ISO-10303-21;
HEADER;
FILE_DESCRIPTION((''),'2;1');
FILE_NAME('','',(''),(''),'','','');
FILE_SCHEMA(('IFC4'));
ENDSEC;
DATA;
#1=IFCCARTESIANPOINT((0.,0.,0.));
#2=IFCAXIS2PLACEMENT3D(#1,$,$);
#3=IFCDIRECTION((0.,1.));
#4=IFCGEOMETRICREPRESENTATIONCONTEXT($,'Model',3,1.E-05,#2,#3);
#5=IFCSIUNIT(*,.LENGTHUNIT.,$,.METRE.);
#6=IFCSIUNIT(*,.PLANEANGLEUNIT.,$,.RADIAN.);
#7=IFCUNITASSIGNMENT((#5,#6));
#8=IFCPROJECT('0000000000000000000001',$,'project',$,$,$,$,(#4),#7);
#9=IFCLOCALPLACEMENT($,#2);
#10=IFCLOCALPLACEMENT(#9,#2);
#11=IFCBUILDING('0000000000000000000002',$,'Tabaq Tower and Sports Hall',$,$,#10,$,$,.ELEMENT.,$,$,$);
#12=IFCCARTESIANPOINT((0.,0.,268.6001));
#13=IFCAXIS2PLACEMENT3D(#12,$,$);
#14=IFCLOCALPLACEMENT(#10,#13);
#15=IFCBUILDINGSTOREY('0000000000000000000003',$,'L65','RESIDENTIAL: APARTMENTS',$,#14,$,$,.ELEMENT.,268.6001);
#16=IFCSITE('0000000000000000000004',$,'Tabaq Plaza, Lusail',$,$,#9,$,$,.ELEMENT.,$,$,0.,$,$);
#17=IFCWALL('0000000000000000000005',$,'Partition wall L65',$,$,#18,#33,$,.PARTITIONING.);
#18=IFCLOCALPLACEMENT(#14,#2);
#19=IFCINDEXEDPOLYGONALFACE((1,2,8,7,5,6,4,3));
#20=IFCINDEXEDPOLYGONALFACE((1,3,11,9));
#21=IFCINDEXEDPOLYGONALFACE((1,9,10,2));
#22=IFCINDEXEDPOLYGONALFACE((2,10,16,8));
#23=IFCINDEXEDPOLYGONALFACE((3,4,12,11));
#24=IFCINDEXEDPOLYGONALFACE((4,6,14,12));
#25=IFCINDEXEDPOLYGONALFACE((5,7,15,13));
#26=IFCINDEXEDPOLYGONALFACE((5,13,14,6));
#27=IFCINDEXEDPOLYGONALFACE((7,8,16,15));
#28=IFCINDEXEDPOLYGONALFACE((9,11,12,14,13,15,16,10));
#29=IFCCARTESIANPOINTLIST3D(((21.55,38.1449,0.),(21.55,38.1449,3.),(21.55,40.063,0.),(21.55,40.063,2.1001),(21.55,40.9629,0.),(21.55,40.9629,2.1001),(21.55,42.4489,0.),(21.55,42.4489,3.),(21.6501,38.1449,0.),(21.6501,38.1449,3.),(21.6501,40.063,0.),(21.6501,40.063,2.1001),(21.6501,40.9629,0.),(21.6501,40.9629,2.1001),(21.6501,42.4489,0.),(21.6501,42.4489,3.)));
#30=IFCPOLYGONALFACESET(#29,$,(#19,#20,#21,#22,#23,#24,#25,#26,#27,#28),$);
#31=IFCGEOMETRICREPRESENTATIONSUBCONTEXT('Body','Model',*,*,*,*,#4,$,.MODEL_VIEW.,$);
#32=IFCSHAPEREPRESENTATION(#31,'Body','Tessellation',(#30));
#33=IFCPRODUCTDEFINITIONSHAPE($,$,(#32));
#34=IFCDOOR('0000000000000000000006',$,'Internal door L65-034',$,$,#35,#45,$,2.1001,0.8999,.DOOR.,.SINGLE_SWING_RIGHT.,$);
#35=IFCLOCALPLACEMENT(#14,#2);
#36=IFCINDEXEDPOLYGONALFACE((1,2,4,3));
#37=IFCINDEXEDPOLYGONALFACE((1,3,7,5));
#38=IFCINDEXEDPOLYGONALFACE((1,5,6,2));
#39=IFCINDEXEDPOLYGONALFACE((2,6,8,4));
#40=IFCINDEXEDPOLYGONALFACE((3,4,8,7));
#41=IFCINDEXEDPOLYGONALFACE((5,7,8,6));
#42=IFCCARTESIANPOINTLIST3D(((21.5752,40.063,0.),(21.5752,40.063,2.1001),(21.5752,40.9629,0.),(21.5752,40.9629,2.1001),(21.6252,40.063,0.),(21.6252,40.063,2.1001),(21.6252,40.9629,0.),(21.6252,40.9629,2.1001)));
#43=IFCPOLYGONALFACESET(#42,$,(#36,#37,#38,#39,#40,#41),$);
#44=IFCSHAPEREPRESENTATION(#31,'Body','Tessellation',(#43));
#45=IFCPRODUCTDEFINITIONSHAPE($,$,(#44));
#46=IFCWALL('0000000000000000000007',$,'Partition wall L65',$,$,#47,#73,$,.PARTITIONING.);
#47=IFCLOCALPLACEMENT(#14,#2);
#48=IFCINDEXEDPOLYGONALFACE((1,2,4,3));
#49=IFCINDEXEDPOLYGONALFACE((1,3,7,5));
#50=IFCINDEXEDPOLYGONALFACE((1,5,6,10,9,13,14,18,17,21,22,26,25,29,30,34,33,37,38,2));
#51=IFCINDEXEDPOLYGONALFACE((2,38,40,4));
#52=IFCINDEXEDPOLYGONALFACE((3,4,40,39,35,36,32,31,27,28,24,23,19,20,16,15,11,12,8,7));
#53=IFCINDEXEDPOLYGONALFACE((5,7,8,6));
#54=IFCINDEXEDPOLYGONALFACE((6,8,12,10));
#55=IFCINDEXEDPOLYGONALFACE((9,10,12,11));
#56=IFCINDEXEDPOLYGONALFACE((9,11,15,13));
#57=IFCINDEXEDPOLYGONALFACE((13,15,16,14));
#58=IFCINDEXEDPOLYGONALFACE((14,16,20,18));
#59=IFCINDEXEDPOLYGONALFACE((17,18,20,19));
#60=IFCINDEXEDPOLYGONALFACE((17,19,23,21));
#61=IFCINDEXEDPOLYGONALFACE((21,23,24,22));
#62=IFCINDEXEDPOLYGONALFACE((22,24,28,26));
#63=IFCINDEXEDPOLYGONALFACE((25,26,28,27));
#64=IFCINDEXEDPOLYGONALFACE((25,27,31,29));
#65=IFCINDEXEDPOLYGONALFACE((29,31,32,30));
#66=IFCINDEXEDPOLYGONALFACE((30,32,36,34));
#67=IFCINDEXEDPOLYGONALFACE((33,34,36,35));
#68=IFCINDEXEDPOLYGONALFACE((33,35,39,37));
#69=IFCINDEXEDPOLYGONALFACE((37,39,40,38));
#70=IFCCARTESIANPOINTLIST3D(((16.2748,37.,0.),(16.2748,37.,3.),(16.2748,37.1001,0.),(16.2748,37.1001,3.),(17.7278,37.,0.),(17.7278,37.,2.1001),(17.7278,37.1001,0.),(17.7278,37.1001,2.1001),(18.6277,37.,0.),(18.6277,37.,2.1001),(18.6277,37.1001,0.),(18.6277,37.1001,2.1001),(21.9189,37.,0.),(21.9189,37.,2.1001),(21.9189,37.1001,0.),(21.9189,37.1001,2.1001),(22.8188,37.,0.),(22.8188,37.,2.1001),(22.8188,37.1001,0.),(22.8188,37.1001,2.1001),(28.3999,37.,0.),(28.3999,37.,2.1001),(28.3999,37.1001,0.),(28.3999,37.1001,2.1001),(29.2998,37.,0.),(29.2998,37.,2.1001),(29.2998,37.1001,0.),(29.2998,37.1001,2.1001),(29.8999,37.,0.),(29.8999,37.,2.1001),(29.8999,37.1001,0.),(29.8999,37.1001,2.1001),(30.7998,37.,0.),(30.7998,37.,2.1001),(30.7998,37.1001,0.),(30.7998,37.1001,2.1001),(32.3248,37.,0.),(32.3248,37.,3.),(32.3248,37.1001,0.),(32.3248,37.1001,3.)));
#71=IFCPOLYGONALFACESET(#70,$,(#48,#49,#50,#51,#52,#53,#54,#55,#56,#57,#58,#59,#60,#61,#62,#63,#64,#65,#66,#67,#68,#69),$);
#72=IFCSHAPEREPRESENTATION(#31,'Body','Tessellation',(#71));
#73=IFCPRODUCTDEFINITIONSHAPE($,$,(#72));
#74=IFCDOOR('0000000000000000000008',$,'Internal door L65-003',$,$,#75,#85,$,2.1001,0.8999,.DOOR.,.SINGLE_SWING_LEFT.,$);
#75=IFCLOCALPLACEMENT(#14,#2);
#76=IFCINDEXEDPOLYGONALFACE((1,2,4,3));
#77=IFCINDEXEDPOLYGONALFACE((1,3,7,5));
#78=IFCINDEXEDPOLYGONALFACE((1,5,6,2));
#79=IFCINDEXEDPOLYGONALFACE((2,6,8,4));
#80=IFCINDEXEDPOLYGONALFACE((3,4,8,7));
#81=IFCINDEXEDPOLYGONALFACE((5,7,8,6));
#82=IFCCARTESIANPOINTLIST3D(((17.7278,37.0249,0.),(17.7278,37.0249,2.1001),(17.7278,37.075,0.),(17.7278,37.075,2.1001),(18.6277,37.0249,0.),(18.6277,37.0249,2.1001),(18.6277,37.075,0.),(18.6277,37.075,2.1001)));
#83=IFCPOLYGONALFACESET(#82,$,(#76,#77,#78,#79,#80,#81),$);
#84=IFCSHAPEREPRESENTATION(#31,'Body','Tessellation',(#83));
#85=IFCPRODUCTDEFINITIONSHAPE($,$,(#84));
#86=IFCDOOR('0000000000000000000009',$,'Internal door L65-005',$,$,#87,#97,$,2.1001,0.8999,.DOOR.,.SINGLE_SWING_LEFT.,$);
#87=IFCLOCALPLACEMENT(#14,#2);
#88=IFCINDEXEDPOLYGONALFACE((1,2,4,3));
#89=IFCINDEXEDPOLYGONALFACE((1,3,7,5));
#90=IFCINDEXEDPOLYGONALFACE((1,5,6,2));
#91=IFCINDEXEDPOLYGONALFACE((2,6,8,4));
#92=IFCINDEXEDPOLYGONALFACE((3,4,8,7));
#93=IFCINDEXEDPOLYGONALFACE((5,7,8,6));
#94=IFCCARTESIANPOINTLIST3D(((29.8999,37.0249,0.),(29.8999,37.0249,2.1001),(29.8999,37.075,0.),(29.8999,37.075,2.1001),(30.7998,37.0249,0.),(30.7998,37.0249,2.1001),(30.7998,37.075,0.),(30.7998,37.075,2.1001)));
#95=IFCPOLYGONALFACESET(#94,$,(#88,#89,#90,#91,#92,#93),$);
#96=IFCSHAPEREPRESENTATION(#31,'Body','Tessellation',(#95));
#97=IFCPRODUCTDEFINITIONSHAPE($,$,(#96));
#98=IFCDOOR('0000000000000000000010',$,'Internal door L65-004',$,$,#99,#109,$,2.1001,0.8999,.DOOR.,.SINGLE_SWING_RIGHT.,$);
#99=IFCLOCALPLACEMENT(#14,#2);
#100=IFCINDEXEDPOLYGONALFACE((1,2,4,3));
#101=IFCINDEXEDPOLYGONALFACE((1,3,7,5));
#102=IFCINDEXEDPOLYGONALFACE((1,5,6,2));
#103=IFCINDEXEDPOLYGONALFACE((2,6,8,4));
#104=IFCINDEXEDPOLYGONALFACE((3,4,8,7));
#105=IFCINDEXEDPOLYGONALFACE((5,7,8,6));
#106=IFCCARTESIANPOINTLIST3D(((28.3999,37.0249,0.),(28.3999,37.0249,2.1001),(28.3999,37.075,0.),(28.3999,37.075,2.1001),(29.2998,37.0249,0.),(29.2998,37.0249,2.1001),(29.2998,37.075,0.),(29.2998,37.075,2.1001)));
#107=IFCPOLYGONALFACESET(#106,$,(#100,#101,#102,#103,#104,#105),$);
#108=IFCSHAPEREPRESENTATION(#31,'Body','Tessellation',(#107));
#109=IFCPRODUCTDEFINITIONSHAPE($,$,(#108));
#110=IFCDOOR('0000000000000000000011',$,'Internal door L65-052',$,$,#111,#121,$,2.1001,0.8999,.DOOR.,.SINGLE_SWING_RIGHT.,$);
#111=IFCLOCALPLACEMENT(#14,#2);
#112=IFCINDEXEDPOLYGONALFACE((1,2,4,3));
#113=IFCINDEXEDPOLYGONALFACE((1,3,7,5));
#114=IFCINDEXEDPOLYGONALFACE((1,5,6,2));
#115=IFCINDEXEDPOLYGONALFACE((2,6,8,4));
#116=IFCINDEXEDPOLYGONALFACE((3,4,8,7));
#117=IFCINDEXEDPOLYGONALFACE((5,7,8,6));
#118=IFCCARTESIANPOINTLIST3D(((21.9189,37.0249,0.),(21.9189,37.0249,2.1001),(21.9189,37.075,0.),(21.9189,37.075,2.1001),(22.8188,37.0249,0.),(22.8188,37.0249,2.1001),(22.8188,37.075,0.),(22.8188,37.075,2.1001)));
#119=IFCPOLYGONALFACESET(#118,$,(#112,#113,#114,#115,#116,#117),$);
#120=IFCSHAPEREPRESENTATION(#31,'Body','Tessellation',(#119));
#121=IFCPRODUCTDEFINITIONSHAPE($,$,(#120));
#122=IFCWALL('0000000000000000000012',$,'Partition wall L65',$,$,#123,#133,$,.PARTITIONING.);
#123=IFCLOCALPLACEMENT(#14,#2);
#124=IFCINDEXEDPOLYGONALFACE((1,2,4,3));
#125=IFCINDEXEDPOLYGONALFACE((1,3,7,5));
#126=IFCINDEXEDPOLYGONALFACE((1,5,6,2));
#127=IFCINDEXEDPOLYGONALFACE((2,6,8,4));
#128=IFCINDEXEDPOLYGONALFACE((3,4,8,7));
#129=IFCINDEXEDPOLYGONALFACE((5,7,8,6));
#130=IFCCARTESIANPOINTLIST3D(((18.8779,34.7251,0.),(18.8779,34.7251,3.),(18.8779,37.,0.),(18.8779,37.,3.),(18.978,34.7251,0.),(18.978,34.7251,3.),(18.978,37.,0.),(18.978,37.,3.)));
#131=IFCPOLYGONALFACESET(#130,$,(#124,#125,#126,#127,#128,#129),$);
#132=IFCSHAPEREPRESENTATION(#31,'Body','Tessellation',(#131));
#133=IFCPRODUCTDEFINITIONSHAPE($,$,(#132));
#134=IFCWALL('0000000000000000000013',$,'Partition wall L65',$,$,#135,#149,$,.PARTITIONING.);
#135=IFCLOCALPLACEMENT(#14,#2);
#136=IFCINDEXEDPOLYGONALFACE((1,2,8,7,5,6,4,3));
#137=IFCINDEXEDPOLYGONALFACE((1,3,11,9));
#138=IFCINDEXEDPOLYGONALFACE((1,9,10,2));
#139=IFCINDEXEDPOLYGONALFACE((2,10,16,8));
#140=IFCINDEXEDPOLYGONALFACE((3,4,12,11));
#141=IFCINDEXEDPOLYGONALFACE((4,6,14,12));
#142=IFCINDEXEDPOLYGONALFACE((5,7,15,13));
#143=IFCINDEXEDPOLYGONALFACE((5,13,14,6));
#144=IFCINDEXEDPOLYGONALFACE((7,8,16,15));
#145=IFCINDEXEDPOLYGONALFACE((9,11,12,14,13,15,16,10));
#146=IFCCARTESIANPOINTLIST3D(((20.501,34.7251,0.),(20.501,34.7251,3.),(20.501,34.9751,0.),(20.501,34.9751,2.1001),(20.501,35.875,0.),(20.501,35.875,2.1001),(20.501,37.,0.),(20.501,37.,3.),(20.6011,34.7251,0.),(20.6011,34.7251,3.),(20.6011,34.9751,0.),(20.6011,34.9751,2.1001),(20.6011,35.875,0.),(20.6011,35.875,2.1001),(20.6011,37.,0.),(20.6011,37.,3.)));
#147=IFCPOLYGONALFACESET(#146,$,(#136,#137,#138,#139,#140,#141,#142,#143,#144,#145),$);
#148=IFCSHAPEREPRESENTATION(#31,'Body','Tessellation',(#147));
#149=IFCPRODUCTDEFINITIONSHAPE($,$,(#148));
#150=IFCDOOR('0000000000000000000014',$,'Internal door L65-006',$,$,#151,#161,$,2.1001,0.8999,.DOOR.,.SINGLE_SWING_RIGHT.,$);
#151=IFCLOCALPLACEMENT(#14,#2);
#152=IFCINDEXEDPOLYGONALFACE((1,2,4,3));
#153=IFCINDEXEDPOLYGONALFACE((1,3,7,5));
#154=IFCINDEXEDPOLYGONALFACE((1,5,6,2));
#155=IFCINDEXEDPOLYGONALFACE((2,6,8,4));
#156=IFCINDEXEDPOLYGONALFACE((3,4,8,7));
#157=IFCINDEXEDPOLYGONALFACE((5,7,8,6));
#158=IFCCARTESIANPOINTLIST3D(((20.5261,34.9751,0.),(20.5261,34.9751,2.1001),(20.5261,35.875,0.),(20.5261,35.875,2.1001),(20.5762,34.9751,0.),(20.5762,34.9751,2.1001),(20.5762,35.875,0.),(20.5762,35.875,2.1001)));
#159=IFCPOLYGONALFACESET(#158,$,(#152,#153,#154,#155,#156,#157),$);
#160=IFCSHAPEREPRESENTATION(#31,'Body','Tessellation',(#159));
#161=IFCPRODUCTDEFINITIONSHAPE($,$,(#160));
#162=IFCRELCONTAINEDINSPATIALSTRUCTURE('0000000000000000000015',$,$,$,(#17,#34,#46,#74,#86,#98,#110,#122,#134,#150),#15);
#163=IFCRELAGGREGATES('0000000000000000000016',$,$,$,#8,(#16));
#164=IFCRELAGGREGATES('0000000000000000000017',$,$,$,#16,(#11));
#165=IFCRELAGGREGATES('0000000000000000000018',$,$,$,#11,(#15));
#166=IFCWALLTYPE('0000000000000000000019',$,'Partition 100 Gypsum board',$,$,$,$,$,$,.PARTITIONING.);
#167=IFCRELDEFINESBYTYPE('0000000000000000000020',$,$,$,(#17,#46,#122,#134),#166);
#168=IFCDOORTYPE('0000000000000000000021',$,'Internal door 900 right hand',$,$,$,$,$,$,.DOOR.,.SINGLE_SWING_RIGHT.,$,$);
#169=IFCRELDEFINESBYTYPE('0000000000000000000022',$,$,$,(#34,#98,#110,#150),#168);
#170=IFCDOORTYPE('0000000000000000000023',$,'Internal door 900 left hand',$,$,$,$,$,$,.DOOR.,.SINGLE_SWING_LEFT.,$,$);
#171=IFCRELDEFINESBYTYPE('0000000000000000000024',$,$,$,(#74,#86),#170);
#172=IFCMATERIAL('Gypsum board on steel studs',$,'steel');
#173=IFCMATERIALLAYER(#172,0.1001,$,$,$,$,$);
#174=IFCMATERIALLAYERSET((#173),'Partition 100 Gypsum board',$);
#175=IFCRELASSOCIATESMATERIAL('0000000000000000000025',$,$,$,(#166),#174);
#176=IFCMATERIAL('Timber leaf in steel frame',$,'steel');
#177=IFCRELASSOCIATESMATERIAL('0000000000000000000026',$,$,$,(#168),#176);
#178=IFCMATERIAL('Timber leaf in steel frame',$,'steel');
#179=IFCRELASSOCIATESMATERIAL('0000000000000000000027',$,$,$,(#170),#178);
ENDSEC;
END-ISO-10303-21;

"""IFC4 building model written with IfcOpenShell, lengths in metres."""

from ifc_helpers import new_model, si_unit, direction, frame, frame_2d, origin, place, context, subcontext, project, spatial, rectangle, extrude, material, layer, layer_set, type_object, element, fill, save


model = new_model("IFC4")

# Units and contexts
model_context = context("Model", 3, precision=1e-05, world=origin(), true_north=direction((0.0, 1.0)))
body_context = subcontext(model_context, "Body", "Model", "MODEL_VIEW")
ifc_project = project(units=[si_unit("LENGTHUNIT", "METRE"), si_unit("PLANEANGLEUNIT", "RADIAN")], contexts=[model_context])

# Site, building, storey
site_placement = place(None, origin())
site = spatial("IfcSite", under=ifc_project, at=site_placement, Name="Tabaq Plaza, Lusail", CompositionType="ELEMENT", RefElevation=0.0)
building_placement = place(site_placement, origin())
building = spatial("IfcBuilding", under=site, at=building_placement, Name="Tabaq Tower and Sports Hall", CompositionType="ELEMENT")
storey_placement = place(building_placement, frame((0.0, 0.0, 268.6001)))
storey = spatial("IfcBuildingStorey", under=building, at=storey_placement, Name="L65", Description="RESIDENTIAL: APARTMENTS", CompositionType="ELEMENT", Elevation=268.6001)

# Shared definitions
ifc_material_1 = material(Name="Gypsum board on steel studs", Category="steel")
ifc_layer_1 = layer(ifc_material_1, 0.1001)
ifc_layer_set_1 = layer_set([ifc_layer_1], Name="Partition 100 Gypsum board")
wall_type_1 = type_object("IfcWallType", Name="Partition 100 Gypsum board", PredefinedType="PARTITIONING", material=ifc_layer_set_1)

# Wall, opening, door
wall_1_placement = place(storey_placement, frame((21.6001, 38.145, 0.0), z_axis=(0.0, 0.0, 1.0), x_axis=(0.0, 1.0, 0.0)))
wall_1 = element("IfcWall", 1, at=wall_1_placement, inside=storey, type_object=wall_type_1, Name="Partition wall L65", PredefinedType="PARTITIONING", context=body_context, shape_type="SweptSolid", body=[
    extrude(rectangle(XDim=4.304, YDim=0.1001, at=frame_2d((2.1519, 0.0))), origin(), (0.0, 0.0, 1.0), 3.0),
])
opening_1_placement = place(wall_1_placement, frame((1.918, 0.0, 0.0)))
opening_1 = element("IfcOpeningElement", 2, at=opening_1_placement, cuts=wall_1, PredefinedType="OPENING", context=body_context, shape_type="SweptSolid", body=[
    extrude(rectangle(XDim=0.8999, YDim=2.1001, at=frame_2d((0.45, 1.05))), frame((0.0, 0.05, 0.0), z_axis=(0.0, -1.0, 0.0), x_axis=(1.0, 0.0, 0.0)), (0.0, 0.0, 1.0), 0.1001),
])
ifc_material_2 = material(Name="Timber leaf in steel frame", Category="steel")
door_type_1 = type_object("IfcDoorType", Name="Internal door 900 right hand", OperationType="SINGLE_SWING_RIGHT", PredefinedType="DOOR", material=ifc_material_2)
door_1_placement = place(opening_1_placement, origin())
door_1 = element("IfcDoor", 3, at=door_1_placement, inside=storey, type_object=door_type_1, Name="Internal door L65-034", OperationType="SINGLE_SWING_RIGHT", OverallHeight=2.1001, OverallWidth=0.8999, PredefinedType="DOOR", context=body_context, shape_type="SweptSolid", body=[
    extrude(rectangle(XDim=0.8999, YDim=2.1001, at=frame_2d((0.45, 1.05))), frame((0.0, 0.0249, 0.0), z_axis=(0.0, -1.0, 0.0), x_axis=(1.0, 0.0, 0.0)), (0.0, 0.0, 1.0), 0.05),
])
fill(opening_1, door_1)

# Wall, openings, doors
wall_2_placement = place(storey_placement, frame((16.2749, 37.05, 0.0), z_axis=(0.0, 0.0, 1.0), x_axis=(1.0, 0.0, 0.0)))
wall_2 = element("IfcWall", 4, at=wall_2_placement, inside=storey, type_object=wall_type_1, Name="Partition wall L65", PredefinedType="PARTITIONING", context=body_context, shape_type="SweptSolid", body=[
    extrude(rectangle(XDim=16.05, YDim=0.1001, at=frame_2d((8.0249, 0.0))), origin(), (0.0, 0.0, 1.0), 3.0),
])
opening_2_placement = place(wall_2_placement, frame((1.4529, 0.0, 0.0)))
opening_2 = element("IfcOpeningElement", 5, at=opening_2_placement, cuts=wall_2, PredefinedType="OPENING", context=body_context, shape_type="SweptSolid", body=[
    extrude(rectangle(XDim=0.8999, YDim=2.1001, at=frame_2d((0.45, 1.05))), frame((0.0, 0.05, 0.0), z_axis=(0.0, -1.0, 0.0), x_axis=(1.0, 0.0, 0.0)), (0.0, 0.0, 1.0), 0.1001),
])
opening_3_placement = place(wall_2_placement, frame((12.125, 0.0, 0.0)))
opening_3 = element("IfcOpeningElement", 6, at=opening_3_placement, cuts=wall_2, PredefinedType="OPENING", context=body_context, shape_type="SweptSolid", body=[
    extrude(rectangle(XDim=0.8999, YDim=2.1001, at=frame_2d((0.45, 1.05))), frame((0.0, 0.05, 0.0), z_axis=(0.0, -1.0, 0.0), x_axis=(1.0, 0.0, 0.0)), (0.0, 0.0, 1.0), 0.1001),
])
opening_4_placement = place(wall_2_placement, frame((13.625, 0.0, 0.0)))
opening_4 = element("IfcOpeningElement", 7, at=opening_4_placement, cuts=wall_2, PredefinedType="OPENING", context=body_context, shape_type="SweptSolid", body=[
    extrude(rectangle(XDim=0.8999, YDim=2.1001, at=frame_2d((0.45, 1.05))), frame((0.0, 0.05, 0.0), z_axis=(0.0, -1.0, 0.0), x_axis=(1.0, 0.0, 0.0)), (0.0, 0.0, 1.0), 0.1001),
])
opening_5_placement = place(wall_2_placement, frame((5.644, 0.0, 0.0)))
opening_5 = element("IfcOpeningElement", 8, at=opening_5_placement, cuts=wall_2, PredefinedType="OPENING", context=body_context, shape_type="SweptSolid", body=[
    extrude(rectangle(XDim=0.8999, YDim=2.1001, at=frame_2d((0.45, 1.05))), frame((0.0, 0.05, 0.0), z_axis=(0.0, -1.0, 0.0), x_axis=(1.0, 0.0, 0.0)), (0.0, 0.0, 1.0), 0.1001),
])
ifc_material_3 = material(Name="Timber leaf in steel frame", Category="steel")
door_type_2 = type_object("IfcDoorType", Name="Internal door 900 left hand", OperationType="SINGLE_SWING_LEFT", PredefinedType="DOOR", material=ifc_material_3)
door_2_placement = place(opening_2_placement, origin())
door_2 = element("IfcDoor", 9, at=door_2_placement, inside=storey, type_object=door_type_2, Name="Internal door L65-003", OperationType="SINGLE_SWING_LEFT", OverallHeight=2.1001, OverallWidth=0.8999, PredefinedType="DOOR", context=body_context, shape_type="SweptSolid", body=[
    extrude(rectangle(XDim=0.8999, YDim=2.1001, at=frame_2d((0.45, 1.05))), frame((0.0, 0.0249, 0.0), z_axis=(0.0, -1.0, 0.0), x_axis=(1.0, 0.0, 0.0)), (0.0, 0.0, 1.0), 0.05),
])
fill(opening_2, door_2)
door_3_placement = place(opening_4_placement, origin())
door_3 = element("IfcDoor", 10, at=door_3_placement, inside=storey, type_object=door_type_2, Name="Internal door L65-005", OperationType="SINGLE_SWING_LEFT", OverallHeight=2.1001, OverallWidth=0.8999, PredefinedType="DOOR", context=body_context, shape_type="SweptSolid", body=[
    extrude(rectangle(XDim=0.8999, YDim=2.1001, at=frame_2d((0.45, 1.05))), frame((0.0, 0.0249, 0.0), z_axis=(0.0, -1.0, 0.0), x_axis=(1.0, 0.0, 0.0)), (0.0, 0.0, 1.0), 0.05),
])
fill(opening_4, door_3)
door_4_placement = place(opening_3_placement, origin())
door_4 = element("IfcDoor", 11, at=door_4_placement, inside=storey, type_object=door_type_1, Name="Internal door L65-004", OperationType="SINGLE_SWING_RIGHT", OverallHeight=2.1001, OverallWidth=0.8999, PredefinedType="DOOR", context=body_context, shape_type="SweptSolid", body=[
    extrude(rectangle(XDim=0.8999, YDim=2.1001, at=frame_2d((0.45, 1.05))), frame((0.0, 0.0249, 0.0), z_axis=(0.0, -1.0, 0.0), x_axis=(1.0, 0.0, 0.0)), (0.0, 0.0, 1.0), 0.05),
])
fill(opening_3, door_4)
door_5_placement = place(opening_5_placement, origin())
door_5 = element("IfcDoor", 12, at=door_5_placement, inside=storey, type_object=door_type_1, Name="Internal door L65-052", OperationType="SINGLE_SWING_RIGHT", OverallHeight=2.1001, OverallWidth=0.8999, PredefinedType="DOOR", context=body_context, shape_type="SweptSolid", body=[
    extrude(rectangle(XDim=0.8999, YDim=2.1001, at=frame_2d((0.45, 1.05))), frame((0.0, 0.0249, 0.0), z_axis=(0.0, -1.0, 0.0), x_axis=(1.0, 0.0, 0.0)), (0.0, 0.0, 1.0), 0.05),
])
fill(opening_5, door_5)

# Wall
wall_3_placement = place(storey_placement, frame((18.928, 34.7251, 0.0), z_axis=(0.0, 0.0, 1.0), x_axis=(0.0, 1.0, 0.0)))
element("IfcWall", 13, at=wall_3_placement, inside=storey, type_object=wall_type_1, Name="Partition wall L65", PredefinedType="PARTITIONING", context=body_context, shape_type="SweptSolid", body=[
    extrude(rectangle(XDim=2.2749, YDim=0.1001, at=frame_2d((1.1375, 0.0))), origin(), (0.0, 0.0, 1.0), 3.0),
])

# Wall, opening, door
wall_4_placement = place(storey_placement, frame((20.551, 34.7251, 0.0), z_axis=(0.0, 0.0, 1.0), x_axis=(0.0, 1.0, 0.0)))
wall_4 = element("IfcWall", 14, at=wall_4_placement, inside=storey, type_object=wall_type_1, Name="Partition wall L65", PredefinedType="PARTITIONING", context=body_context, shape_type="SweptSolid", body=[
    extrude(rectangle(XDim=2.2749, YDim=0.1001, at=frame_2d((1.1375, 0.0))), origin(), (0.0, 0.0, 1.0), 3.0),
])
opening_6_placement = place(wall_4_placement, frame((0.25, 0.0, 0.0)))
opening_6 = element("IfcOpeningElement", 15, at=opening_6_placement, cuts=wall_4, PredefinedType="OPENING", context=body_context, shape_type="SweptSolid", body=[
    extrude(rectangle(XDim=0.8999, YDim=2.1001, at=frame_2d((0.45, 1.05))), frame((0.0, 0.05, 0.0), z_axis=(0.0, -1.0, 0.0), x_axis=(1.0, 0.0, 0.0)), (0.0, 0.0, 1.0), 0.1001),
])
door_6_placement = place(opening_6_placement, origin())
door_6 = element("IfcDoor", 16, at=door_6_placement, inside=storey, type_object=door_type_1, Name="Internal door L65-006", OperationType="SINGLE_SWING_RIGHT", OverallHeight=2.1001, OverallWidth=0.8999, PredefinedType="DOOR", context=body_context, shape_type="SweptSolid", body=[
    extrude(rectangle(XDim=0.8999, YDim=2.1001, at=frame_2d((0.45, 1.05))), frame((0.0, 0.0249, 0.0), z_axis=(0.0, -1.0, 0.0), x_axis=(1.0, 0.0, 0.0)), (0.0, 0.0, 1.0), 0.05),
])
fill(opening_6, door_6)

save(model, "model.ifc")
